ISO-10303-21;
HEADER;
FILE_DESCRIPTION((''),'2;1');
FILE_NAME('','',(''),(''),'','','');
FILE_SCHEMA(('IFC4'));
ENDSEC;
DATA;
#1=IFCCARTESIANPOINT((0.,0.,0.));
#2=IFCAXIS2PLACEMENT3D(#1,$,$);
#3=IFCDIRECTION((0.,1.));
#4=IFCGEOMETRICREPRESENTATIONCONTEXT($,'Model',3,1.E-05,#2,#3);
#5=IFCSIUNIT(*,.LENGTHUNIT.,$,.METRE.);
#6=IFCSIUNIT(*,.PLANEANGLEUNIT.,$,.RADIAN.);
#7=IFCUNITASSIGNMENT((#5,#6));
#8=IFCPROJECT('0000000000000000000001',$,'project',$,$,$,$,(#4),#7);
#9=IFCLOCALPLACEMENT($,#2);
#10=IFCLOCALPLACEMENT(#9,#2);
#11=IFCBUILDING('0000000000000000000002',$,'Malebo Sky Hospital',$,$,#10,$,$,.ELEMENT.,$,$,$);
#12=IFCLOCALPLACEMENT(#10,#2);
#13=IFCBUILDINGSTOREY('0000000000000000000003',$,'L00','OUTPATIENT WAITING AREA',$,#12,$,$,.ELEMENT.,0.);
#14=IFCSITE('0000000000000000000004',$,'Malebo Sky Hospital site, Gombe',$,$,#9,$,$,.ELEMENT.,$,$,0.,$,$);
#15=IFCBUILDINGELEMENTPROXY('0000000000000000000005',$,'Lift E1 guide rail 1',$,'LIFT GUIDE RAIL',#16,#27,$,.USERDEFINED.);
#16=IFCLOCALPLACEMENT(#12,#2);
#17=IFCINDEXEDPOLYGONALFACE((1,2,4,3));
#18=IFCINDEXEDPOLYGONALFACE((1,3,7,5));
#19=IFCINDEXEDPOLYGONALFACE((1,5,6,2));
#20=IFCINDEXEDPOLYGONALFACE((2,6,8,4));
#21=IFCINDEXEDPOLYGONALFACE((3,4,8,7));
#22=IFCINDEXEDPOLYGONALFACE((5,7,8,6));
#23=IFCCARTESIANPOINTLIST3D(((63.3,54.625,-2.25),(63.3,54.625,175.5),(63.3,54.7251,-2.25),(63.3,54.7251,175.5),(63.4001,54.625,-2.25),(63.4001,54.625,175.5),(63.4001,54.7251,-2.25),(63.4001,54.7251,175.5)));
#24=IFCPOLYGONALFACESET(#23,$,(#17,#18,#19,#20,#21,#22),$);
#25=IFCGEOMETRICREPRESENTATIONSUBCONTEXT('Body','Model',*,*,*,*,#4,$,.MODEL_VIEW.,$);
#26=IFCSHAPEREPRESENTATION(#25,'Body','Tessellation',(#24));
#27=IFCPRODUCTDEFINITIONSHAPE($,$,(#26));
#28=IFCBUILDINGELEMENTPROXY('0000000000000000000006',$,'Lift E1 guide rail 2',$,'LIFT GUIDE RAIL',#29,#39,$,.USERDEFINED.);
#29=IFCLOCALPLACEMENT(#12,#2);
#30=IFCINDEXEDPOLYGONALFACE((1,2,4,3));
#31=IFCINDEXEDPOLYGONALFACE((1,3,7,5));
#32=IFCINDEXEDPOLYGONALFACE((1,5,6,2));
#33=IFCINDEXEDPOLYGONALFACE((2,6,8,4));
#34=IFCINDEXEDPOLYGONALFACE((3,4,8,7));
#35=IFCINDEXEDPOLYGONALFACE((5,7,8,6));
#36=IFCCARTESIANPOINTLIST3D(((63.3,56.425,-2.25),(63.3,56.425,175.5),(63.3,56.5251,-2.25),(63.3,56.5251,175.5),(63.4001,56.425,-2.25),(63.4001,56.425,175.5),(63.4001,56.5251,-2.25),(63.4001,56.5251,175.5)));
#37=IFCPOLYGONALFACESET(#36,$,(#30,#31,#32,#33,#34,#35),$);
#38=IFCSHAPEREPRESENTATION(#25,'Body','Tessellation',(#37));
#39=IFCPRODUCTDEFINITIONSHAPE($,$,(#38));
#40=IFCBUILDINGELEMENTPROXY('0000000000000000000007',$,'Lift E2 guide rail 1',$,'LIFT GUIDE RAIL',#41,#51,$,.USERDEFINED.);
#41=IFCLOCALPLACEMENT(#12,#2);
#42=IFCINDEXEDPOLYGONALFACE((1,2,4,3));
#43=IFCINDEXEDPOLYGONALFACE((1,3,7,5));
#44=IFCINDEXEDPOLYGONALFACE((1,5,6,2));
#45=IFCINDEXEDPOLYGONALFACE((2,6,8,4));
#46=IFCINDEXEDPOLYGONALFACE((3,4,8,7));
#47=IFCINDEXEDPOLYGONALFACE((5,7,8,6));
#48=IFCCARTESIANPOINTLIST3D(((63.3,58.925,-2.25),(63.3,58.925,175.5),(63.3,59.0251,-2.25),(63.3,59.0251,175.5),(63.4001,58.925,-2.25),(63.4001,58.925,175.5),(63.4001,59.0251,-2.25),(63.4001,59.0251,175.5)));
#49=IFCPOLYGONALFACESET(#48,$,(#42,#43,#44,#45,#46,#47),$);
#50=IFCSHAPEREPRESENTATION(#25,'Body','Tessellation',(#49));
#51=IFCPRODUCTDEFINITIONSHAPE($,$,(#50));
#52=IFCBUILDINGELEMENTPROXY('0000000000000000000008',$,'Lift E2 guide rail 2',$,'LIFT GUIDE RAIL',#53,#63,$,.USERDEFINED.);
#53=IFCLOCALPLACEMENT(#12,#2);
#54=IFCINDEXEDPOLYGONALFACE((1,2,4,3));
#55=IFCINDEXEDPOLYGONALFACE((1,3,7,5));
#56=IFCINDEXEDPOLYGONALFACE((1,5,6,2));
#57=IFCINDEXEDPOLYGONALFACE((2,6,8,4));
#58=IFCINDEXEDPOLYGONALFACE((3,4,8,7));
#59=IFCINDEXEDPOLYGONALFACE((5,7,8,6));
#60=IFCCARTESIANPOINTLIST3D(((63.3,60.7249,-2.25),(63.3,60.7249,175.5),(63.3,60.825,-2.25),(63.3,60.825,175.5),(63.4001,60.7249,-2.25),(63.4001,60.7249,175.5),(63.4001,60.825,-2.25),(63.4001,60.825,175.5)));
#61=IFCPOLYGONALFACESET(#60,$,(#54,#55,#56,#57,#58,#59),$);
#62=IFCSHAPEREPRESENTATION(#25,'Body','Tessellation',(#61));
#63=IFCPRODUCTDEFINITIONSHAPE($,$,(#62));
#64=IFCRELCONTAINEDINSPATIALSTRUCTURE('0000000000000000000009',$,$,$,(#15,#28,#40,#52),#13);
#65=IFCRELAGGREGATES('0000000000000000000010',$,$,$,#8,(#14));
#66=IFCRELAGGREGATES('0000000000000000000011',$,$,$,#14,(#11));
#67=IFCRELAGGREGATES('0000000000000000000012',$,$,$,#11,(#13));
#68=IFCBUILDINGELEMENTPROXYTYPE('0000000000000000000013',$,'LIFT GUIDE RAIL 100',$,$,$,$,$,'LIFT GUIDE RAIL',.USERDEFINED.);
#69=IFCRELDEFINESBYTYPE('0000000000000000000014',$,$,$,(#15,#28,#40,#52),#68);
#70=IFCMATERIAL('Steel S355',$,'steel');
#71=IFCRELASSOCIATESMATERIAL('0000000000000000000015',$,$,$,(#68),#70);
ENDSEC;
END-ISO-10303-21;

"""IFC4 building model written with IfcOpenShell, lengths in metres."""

from ifc_helpers import new_model, si_unit, direction, frame, origin, origin_2d, place, context, subcontext, project, spatial, rectangle, extrude, material, type_object, element, save


model = new_model("IFC4")

# Units and contexts
model_context = context("Model", 3, precision=1e-05, world=origin(), true_north=direction((0.0, 1.0)))
body_context = subcontext(model_context, "Body", "Model", "MODEL_VIEW")
ifc_project = project(units=[si_unit("LENGTHUNIT", "METRE"), si_unit("PLANEANGLEUNIT", "RADIAN")], contexts=[model_context])

# Site, building, storey
site_placement = place(None, origin())
site = spatial("IfcSite", under=ifc_project, at=site_placement, Name="Malebo Sky Hospital site, Gombe", CompositionType="ELEMENT", RefElevation=0.0)
building_placement = place(site_placement, origin())
building = spatial("IfcBuilding", under=site, at=building_placement, Name="Malebo Sky Hospital", CompositionType="ELEMENT")
storey_placement = place(building_placement, origin())
storey = spatial("IfcBuildingStorey", under=building, at=storey_placement, Name="L00", Description="OUTPATIENT WAITING AREA", CompositionType="ELEMENT", Elevation=0.0)

# Building element proxies
ifc_material_1 = material(Name="Steel S355", Category="steel")
building_element_proxy_type = type_object("IfcBuildingElementProxyType", Name="LIFT GUIDE RAIL 100", ElementType="LIFT GUIDE RAIL", PredefinedType="USERDEFINED", material=ifc_material_1)
for number, where, name in (
    (1, (63.3501, 54.675, 0.0), "Lift E1 guide rail 1"),
    (2, (63.3501, 56.4751, 0.0), "Lift E1 guide rail 2"),
    (3, (63.3501, 58.9751, 0.0), "Lift E2 guide rail 1"),
    (4, (63.3501, 60.7749, 0.0), "Lift E2 guide rail 2"),
):
    element("IfcBuildingElementProxy", number, at=place(storey_placement, frame(where)), inside=storey, type_object=building_element_proxy_type, Name=name, ObjectType="LIFT GUIDE RAIL", PredefinedType="USERDEFINED", context=body_context, shape_type="SweptSolid", body=[
        extrude(rectangle(XDim=0.1001, YDim=0.1001, at=origin_2d()), frame((0.0, 0.0, -2.25)), (0.0, 0.0, 1.0), 177.75),
    ])

save(model, "model.ifc")
